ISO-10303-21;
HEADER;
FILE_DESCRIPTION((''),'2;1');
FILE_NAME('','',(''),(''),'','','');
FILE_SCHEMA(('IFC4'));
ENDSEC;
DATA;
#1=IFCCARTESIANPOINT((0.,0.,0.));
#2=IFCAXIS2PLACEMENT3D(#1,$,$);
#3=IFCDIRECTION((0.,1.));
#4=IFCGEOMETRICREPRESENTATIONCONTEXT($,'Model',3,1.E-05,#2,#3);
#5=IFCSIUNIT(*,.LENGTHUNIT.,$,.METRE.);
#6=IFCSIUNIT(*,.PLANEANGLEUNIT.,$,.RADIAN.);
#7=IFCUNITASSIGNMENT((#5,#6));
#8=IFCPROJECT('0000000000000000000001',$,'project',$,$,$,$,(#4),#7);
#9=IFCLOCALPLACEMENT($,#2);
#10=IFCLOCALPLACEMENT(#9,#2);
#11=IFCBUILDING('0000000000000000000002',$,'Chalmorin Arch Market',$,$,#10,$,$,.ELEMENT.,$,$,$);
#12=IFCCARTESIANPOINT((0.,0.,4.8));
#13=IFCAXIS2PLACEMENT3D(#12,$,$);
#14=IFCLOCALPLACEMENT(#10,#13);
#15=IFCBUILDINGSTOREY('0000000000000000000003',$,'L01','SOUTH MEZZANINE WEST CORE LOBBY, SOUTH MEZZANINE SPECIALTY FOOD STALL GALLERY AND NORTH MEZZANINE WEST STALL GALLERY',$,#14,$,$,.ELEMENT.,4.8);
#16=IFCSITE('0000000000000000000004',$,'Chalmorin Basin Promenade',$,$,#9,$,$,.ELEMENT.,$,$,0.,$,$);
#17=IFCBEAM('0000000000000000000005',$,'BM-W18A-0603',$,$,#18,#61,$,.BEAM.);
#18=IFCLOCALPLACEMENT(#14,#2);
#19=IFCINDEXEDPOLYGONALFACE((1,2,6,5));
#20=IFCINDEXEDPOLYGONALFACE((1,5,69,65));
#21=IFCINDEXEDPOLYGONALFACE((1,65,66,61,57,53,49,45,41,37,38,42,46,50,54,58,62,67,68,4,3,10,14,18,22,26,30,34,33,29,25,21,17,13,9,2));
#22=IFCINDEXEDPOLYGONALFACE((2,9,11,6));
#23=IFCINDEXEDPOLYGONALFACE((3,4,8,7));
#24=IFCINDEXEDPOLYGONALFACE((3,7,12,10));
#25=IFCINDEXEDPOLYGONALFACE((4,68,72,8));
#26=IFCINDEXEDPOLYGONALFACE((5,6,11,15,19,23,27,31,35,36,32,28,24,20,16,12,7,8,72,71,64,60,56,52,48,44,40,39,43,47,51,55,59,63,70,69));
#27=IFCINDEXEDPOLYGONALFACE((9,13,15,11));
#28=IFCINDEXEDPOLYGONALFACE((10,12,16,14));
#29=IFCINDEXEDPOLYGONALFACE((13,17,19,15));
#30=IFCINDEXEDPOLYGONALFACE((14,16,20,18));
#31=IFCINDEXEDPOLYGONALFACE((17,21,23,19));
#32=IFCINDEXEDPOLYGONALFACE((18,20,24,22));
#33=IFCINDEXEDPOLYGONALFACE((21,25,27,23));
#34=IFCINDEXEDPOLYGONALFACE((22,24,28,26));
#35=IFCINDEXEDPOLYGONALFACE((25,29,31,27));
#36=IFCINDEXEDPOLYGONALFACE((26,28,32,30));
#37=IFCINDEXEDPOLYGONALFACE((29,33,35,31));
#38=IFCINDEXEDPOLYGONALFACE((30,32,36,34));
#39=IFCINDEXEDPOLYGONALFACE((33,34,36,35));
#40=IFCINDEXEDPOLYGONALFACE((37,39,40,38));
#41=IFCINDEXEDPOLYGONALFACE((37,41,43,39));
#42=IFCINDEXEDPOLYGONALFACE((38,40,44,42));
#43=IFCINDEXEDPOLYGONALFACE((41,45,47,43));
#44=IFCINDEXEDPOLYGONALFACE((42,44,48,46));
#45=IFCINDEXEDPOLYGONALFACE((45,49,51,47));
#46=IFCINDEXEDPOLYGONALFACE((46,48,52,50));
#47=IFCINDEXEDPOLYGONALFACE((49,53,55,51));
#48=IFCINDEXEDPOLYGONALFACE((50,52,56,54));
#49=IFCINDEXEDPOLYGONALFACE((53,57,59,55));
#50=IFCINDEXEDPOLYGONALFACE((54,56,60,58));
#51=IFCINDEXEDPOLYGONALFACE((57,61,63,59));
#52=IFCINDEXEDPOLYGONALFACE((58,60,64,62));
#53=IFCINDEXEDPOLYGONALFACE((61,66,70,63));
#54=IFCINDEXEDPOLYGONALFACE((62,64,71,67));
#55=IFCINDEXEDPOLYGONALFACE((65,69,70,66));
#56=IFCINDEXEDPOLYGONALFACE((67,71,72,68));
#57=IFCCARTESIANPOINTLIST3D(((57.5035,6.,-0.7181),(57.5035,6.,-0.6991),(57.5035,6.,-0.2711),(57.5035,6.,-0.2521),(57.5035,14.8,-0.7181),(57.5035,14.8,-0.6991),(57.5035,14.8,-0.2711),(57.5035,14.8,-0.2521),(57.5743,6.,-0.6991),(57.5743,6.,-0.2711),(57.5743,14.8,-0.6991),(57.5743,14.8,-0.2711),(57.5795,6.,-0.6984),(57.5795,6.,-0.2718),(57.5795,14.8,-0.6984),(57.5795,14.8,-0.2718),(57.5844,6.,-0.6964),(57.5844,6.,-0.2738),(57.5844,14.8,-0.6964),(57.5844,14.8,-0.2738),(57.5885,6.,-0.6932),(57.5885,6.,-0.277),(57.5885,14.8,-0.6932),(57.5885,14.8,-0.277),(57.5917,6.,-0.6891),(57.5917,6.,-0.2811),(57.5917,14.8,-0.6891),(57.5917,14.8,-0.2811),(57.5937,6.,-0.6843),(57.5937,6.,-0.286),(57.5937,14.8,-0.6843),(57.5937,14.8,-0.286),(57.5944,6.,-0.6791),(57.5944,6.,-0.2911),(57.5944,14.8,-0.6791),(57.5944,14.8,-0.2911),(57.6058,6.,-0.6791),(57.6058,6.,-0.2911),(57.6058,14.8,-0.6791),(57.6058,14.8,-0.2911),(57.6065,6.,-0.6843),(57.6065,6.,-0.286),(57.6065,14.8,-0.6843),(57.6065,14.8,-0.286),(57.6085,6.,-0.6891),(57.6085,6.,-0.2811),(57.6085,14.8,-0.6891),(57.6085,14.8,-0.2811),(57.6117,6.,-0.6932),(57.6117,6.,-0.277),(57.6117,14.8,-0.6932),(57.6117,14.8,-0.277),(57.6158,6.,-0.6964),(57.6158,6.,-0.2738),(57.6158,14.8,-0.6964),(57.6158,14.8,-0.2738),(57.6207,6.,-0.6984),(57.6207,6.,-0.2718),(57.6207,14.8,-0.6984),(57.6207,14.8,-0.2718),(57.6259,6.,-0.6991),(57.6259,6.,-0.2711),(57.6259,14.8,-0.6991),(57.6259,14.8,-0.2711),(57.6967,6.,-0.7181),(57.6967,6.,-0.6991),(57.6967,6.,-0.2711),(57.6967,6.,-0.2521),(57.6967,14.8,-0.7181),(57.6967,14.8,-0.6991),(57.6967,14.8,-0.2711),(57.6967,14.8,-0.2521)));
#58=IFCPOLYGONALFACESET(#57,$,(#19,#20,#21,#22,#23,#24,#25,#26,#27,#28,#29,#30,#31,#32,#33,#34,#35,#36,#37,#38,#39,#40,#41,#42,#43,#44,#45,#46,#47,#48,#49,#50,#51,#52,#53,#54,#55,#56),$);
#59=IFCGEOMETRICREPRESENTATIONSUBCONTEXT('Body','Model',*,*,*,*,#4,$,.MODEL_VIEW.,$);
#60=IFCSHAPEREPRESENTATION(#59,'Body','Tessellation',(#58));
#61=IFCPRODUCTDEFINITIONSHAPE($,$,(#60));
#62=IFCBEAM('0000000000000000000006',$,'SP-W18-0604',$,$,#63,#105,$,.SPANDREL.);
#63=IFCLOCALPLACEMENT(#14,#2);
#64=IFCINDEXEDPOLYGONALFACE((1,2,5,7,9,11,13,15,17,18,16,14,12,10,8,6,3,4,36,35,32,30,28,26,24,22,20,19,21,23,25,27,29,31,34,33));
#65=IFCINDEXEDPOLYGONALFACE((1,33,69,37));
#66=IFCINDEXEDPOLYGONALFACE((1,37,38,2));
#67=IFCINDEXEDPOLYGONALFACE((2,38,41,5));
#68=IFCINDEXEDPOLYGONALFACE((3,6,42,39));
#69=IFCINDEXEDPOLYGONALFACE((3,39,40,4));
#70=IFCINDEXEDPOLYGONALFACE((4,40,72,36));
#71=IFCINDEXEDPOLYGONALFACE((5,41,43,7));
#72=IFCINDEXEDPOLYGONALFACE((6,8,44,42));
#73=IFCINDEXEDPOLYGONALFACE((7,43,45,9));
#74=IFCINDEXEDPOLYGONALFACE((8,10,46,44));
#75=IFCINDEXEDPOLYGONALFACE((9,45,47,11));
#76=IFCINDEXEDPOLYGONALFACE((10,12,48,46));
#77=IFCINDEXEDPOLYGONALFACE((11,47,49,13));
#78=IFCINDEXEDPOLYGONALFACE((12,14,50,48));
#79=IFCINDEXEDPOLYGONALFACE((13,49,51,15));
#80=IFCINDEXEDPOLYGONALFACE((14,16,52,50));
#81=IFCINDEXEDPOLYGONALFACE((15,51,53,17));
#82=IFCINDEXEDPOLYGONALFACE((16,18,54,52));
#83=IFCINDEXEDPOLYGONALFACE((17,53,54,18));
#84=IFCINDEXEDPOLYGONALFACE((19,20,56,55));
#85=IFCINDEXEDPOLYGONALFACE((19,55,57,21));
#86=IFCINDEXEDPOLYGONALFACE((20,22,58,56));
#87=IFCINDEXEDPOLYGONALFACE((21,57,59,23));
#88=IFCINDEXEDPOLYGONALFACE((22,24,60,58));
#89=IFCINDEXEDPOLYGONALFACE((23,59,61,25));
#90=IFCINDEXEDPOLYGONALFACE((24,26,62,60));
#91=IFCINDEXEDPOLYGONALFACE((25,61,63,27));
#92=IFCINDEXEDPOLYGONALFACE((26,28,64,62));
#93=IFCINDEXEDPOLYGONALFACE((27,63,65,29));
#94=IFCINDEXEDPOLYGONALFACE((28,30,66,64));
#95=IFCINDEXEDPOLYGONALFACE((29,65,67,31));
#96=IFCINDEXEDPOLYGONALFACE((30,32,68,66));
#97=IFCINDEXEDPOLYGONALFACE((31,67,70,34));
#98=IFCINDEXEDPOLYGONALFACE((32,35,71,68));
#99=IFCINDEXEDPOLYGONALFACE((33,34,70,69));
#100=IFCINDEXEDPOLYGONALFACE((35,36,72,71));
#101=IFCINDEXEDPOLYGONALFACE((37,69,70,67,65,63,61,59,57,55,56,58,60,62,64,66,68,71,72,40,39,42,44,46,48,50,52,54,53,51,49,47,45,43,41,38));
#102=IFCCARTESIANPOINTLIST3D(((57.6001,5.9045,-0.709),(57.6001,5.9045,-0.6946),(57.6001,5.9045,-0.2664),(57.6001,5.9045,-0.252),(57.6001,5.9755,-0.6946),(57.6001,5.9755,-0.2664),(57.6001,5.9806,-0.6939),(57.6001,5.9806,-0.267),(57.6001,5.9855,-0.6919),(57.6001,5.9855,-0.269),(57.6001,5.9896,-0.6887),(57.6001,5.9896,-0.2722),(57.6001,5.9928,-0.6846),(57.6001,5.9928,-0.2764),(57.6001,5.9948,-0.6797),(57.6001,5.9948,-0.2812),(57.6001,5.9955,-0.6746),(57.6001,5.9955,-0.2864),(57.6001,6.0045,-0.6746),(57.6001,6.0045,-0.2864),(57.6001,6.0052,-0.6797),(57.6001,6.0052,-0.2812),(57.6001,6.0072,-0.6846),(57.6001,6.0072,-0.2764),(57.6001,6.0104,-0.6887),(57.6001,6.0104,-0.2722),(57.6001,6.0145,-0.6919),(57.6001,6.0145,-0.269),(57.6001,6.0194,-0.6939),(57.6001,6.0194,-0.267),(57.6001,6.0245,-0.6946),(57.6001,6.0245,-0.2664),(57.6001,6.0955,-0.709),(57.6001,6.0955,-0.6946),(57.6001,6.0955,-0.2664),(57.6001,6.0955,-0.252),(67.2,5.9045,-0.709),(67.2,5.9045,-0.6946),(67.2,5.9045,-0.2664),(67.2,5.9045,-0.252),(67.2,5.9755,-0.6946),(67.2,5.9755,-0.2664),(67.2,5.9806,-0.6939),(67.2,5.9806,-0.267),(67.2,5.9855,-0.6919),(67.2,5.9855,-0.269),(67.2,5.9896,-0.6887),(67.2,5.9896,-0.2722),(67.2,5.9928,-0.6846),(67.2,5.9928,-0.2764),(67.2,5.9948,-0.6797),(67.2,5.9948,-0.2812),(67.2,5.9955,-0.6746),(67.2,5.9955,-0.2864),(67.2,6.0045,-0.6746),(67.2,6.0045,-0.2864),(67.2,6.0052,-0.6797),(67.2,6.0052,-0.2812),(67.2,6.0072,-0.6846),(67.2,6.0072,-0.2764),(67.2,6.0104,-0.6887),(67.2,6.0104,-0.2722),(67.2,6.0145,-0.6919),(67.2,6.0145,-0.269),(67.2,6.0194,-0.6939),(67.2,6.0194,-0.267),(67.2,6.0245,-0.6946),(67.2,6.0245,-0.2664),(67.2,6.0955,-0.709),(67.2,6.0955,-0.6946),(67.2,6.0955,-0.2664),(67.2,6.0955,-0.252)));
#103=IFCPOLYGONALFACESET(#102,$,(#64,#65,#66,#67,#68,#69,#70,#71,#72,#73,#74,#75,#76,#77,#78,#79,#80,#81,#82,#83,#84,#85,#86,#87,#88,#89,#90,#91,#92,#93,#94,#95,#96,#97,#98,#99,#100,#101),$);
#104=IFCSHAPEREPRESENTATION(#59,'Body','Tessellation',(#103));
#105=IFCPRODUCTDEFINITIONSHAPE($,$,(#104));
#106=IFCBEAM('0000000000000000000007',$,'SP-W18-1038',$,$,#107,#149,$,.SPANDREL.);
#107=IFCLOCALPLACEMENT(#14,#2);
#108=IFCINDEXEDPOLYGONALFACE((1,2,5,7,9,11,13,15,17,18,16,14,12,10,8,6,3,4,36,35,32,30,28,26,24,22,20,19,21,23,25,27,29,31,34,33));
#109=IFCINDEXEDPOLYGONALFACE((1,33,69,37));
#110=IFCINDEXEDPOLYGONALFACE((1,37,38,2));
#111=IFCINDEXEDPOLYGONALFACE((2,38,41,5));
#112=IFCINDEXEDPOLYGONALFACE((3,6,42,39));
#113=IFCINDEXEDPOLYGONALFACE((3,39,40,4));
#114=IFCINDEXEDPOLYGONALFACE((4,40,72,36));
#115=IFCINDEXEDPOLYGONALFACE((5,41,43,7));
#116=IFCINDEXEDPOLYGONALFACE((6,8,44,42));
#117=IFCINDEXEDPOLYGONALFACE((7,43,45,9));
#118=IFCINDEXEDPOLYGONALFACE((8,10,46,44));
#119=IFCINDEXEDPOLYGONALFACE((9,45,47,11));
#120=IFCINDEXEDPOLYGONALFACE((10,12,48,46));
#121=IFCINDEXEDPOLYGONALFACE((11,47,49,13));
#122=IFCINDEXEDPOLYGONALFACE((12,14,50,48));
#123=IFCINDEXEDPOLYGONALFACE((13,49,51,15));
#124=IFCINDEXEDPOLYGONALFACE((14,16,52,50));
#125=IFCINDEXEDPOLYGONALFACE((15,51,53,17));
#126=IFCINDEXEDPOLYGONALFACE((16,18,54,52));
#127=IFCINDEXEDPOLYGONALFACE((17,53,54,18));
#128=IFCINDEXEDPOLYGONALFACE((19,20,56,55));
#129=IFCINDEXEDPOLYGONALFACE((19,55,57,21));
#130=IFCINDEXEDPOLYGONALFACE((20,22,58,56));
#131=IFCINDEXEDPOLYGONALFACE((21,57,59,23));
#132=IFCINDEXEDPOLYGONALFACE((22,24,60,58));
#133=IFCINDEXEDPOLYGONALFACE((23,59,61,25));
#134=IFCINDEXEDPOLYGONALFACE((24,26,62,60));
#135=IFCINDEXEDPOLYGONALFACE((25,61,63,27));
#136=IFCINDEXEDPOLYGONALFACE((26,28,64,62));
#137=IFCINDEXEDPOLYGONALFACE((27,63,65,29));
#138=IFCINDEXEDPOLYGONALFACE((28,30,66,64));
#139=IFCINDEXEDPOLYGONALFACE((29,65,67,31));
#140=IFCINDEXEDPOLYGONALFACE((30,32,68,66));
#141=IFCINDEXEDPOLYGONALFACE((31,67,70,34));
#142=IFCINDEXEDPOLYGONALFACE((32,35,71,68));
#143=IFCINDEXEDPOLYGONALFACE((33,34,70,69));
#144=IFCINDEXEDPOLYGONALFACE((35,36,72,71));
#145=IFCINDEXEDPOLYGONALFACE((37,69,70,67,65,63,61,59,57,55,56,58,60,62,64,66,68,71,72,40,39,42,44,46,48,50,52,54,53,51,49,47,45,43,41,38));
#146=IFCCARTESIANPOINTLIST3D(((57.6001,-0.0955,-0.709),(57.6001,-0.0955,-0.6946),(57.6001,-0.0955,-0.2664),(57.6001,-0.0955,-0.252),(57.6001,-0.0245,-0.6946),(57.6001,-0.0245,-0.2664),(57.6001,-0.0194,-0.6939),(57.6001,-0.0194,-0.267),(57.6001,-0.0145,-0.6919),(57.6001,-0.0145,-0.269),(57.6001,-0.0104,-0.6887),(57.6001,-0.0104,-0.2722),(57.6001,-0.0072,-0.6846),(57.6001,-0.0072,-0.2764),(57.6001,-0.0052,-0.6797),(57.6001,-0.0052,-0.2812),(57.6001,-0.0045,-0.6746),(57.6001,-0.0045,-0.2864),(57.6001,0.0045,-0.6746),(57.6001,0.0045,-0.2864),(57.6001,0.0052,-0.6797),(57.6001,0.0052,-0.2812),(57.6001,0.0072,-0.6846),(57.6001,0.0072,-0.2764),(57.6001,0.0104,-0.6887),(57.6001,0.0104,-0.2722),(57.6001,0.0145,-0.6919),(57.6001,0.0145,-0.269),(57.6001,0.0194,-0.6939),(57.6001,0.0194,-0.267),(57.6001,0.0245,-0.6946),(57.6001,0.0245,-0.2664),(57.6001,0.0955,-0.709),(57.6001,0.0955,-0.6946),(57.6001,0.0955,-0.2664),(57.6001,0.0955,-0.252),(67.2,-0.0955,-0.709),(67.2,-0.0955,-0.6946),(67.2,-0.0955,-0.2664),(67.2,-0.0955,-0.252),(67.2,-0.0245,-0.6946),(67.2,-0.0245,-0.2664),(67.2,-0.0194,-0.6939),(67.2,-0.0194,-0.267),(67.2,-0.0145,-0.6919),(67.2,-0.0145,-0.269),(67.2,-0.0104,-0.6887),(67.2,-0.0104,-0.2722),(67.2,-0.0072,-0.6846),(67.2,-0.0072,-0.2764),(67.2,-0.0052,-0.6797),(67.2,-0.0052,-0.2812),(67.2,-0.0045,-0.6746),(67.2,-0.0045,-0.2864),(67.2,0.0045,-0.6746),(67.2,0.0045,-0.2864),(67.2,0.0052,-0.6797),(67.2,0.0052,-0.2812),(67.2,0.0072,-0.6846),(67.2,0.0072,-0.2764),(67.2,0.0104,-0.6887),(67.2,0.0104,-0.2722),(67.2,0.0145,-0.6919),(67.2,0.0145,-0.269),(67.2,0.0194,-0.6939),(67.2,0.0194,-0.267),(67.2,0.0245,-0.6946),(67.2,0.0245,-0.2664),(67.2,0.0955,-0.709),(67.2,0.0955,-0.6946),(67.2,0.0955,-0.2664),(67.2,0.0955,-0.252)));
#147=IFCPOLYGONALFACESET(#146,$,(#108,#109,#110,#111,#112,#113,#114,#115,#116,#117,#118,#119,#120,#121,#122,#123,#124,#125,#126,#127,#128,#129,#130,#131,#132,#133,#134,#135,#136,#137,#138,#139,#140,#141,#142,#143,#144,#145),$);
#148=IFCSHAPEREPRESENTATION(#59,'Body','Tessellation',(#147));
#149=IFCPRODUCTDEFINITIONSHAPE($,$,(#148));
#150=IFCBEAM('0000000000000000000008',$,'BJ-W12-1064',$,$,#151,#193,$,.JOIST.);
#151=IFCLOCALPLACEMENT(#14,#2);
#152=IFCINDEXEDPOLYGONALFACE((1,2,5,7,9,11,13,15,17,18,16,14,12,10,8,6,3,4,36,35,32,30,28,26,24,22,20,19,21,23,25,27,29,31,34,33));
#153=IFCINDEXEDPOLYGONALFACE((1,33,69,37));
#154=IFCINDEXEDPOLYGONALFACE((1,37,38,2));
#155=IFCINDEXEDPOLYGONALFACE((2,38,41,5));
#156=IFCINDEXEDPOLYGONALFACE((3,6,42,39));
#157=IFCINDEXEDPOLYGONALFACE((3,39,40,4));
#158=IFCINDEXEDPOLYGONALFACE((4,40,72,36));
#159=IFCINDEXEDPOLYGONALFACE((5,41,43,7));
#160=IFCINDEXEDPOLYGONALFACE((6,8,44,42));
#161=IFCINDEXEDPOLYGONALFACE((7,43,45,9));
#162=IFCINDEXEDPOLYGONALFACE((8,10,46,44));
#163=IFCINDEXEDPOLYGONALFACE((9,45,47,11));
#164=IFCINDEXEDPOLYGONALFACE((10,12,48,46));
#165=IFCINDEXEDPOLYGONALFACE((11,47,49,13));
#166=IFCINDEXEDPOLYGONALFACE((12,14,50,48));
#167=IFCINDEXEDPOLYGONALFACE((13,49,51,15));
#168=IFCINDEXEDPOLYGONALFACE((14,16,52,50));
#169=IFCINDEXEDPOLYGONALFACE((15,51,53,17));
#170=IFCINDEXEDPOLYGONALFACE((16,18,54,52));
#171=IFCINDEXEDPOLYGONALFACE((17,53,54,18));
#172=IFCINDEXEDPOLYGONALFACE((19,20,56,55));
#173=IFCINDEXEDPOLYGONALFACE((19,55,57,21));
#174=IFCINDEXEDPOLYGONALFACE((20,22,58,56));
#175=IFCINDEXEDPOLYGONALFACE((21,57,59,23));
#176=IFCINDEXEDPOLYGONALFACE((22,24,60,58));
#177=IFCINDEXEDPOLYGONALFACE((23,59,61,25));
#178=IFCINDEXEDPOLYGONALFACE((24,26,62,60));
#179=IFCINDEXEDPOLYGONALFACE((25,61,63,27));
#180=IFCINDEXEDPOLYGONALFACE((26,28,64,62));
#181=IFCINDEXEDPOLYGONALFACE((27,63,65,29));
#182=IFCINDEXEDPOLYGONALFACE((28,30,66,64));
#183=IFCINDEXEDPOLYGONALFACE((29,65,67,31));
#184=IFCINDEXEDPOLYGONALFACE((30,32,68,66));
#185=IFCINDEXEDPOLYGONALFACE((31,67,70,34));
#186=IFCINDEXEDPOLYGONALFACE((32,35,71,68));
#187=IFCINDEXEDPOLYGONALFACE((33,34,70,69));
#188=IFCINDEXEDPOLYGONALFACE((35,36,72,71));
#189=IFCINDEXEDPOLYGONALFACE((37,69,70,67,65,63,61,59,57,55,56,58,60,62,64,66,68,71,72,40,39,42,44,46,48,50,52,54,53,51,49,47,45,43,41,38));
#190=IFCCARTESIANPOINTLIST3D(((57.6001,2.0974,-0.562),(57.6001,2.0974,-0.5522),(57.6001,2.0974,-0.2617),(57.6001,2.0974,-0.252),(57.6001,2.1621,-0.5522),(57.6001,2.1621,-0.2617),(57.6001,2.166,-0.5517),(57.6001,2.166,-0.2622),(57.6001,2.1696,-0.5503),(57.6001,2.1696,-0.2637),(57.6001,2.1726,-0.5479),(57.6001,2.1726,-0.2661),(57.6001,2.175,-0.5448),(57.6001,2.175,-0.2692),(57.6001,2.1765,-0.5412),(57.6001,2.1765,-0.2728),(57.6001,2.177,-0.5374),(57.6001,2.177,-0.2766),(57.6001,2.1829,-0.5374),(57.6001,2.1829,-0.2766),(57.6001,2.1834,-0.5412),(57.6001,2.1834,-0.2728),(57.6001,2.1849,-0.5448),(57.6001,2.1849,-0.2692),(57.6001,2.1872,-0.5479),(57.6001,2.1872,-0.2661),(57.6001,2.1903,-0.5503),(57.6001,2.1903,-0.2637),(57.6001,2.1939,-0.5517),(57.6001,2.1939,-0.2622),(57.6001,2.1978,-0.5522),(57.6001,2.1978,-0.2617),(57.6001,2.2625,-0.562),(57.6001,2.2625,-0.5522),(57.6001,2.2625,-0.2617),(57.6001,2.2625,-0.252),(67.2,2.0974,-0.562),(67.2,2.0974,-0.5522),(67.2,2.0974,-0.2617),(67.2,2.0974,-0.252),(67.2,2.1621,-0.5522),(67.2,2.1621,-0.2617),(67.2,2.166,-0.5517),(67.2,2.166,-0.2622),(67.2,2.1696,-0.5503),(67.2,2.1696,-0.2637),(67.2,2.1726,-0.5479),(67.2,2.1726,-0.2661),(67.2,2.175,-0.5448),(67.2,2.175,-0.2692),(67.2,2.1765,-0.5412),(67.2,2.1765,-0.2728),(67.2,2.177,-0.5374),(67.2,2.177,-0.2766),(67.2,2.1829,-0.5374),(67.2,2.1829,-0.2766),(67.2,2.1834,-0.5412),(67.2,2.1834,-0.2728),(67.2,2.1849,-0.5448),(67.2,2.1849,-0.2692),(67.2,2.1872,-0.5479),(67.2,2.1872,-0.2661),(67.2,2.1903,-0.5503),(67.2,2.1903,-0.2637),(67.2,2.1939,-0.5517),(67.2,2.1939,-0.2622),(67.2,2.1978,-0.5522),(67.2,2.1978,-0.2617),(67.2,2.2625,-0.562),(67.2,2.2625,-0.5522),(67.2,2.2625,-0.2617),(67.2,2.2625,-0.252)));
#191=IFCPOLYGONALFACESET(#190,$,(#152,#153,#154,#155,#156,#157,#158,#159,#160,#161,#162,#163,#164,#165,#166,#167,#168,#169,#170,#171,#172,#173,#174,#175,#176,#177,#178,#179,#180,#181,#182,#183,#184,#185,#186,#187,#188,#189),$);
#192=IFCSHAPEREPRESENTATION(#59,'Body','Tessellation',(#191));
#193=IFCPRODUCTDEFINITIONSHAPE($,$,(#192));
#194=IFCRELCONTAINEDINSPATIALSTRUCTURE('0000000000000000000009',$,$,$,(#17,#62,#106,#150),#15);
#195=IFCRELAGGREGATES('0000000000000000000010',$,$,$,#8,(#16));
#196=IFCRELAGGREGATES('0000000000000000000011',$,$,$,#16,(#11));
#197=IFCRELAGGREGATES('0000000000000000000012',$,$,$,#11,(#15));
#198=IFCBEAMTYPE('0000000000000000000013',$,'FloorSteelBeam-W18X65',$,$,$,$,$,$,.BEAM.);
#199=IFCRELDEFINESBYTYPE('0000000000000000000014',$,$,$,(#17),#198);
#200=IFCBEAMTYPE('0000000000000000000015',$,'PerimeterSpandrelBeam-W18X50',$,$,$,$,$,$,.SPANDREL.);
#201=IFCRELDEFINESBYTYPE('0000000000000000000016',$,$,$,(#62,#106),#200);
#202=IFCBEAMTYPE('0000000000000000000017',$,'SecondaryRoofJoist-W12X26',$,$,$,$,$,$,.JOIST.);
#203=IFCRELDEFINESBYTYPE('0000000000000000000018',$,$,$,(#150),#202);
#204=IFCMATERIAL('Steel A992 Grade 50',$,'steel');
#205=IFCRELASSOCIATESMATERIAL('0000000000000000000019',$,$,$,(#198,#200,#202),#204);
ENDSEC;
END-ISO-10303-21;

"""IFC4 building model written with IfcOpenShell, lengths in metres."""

from ifc_helpers import new_model, si_unit, direction, frame, origin, origin_2d, place, context, subcontext, project, spatial, i_section, extrude, material, material_profile, profile_set, type_object, element, save


model = new_model("IFC4")

# Units and contexts
model_context = context("Model", 3, precision=1e-05, world=origin(), true_north=direction((0.0, 1.0)))
body_context = subcontext(model_context, "Body", "Model", "MODEL_VIEW")
ifc_project = project(units=[si_unit("LENGTHUNIT", "METRE"), si_unit("PLANEANGLEUNIT", "RADIAN")], contexts=[model_context])

# Site, building, storey
site_placement = place(None, origin())
site = spatial("IfcSite", under=ifc_project, at=site_placement, Name="Chalmorin Basin Promenade", CompositionType="ELEMENT", RefElevation=0.0)
building_placement = place(site_placement, origin())
building = spatial("IfcBuilding", under=site, at=building_placement, Name="Chalmorin Arch Market", CompositionType="ELEMENT")
storey_placement = place(building_placement, frame((0.0, 0.0, 4.8)))
storey = spatial("IfcBuildingStorey", under=building, at=storey_placement, Name="L01", Description="SOUTH MEZZANINE WEST CORE LOBBY, SOUTH MEZZANINE SPECIALTY FOOD STALL GALLERY AND NORTH MEZZANINE WEST STALL GALLERY", CompositionType="ELEMENT", Elevation=4.8)

# Beams
ifc_material_1 = material(Name="Steel A992 Grade 50", Category="steel")
ifc_material_profile_1 = material_profile(ifc_material_1, i_section(OverallWidth=0.1931, OverallDepth=0.4661, WebThickness=0.0115, FlangeThickness=0.019, FilletRadius=0.02, at=origin_2d()), Name="W18X65")
ifc_profile_set_1 = profile_set([ifc_material_profile_1], Name="Steel A992 Grade 50")
beam_type_1 = type_object("IfcBeamType", Name="FloorSteelBeam-W18X65", PredefinedType="BEAM", material=ifc_profile_set_1)
beam_1_placement = place(storey_placement, frame((57.6001, 6.0, -0.4851), z_axis=(0.0, 1.0, 0.0), x_axis=(-1.0, 0.0, 0.0)))
element("IfcBeam", 1, at=beam_1_placement, inside=storey, type_object=beam_type_1, Name="BM-W18A-0603", PredefinedType="BEAM", context=body_context, shape_type="SweptSolid", body=[
    extrude(i_section(OverallWidth=0.1931, OverallDepth=0.4661, WebThickness=0.0115, FlangeThickness=0.019, FilletRadius=0.02, at=origin_2d()), origin(), (0.0, 0.0, 1.0), 8.8),
])
ifc_material_profile_2 = material_profile(ifc_material_1, i_section(OverallWidth=0.1909, OverallDepth=0.457, WebThickness=0.009, FlangeThickness=0.0144, FilletRadius=0.02, at=origin_2d()), Name="W18X50")
ifc_profile_set_2 = profile_set([ifc_material_profile_2], Name="Steel A992 Grade 50")
beam_type_2 = type_object("IfcBeamType", Name="PerimeterSpandrelBeam-W18X50", PredefinedType="SPANDREL", material=ifc_profile_set_2)
for number, where, z_axis, x_axis, name in (
    (2, (57.6001, 6.0, -0.4805), (1.0, 0.0, 0.0), (0.0, 1.0, 0.0), "SP-W18-0604"),
    (3, (57.6001, 0.0, -0.4805), (1.0, 0.0, 0.0), (0.0, 1.0, 0.0), "SP-W18-1038"),
):
    element("IfcBeam", number, at=place(storey_placement, frame(where, z_axis=z_axis, x_axis=x_axis)), inside=storey, type_object=beam_type_2, Name=name, PredefinedType="SPANDREL", context=body_context, shape_type="SweptSolid", body=[
        extrude(i_section(OverallWidth=0.1909, OverallDepth=0.457, WebThickness=0.009, FlangeThickness=0.0144, FilletRadius=0.02, at=origin_2d()), origin(), (0.0, 0.0, 1.0), 9.5999),
    ])
ifc_material_profile_3 = material_profile(ifc_material_1, i_section(OverallWidth=0.165, OverallDepth=0.3101, WebThickness=0.0059, FlangeThickness=0.0098, FilletRadius=0.0149, at=origin_2d()), Name="W12X26")
ifc_profile_set_3 = profile_set([ifc_material_profile_3], Name="Steel A992 Grade 50")
beam_type_3 = type_object("IfcBeamType", Name="SecondaryRoofJoist-W12X26", PredefinedType="JOIST", material=ifc_profile_set_3)
for number, where, z_axis, x_axis, name in (
    (4, (57.6001, 2.1799, -0.407), (1.0, 0.0, 0.0), (0.0, 1.0, 0.0), "BJ-W12-1064"),
):
    element("IfcBeam", number, at=place(storey_placement, frame(where, z_axis=z_axis, x_axis=x_axis)), inside=storey, type_object=beam_type_3, Name=name, PredefinedType="JOIST", context=body_context, shape_type="SweptSolid", body=[
        extrude(i_section(OverallWidth=0.165, OverallDepth=0.3101, WebThickness=0.0059, FlangeThickness=0.0098, FilletRadius=0.0149, at=origin_2d()), origin(), (0.0, 0.0, 1.0), 9.5999),
    ])

save(model, "model.ifc")
